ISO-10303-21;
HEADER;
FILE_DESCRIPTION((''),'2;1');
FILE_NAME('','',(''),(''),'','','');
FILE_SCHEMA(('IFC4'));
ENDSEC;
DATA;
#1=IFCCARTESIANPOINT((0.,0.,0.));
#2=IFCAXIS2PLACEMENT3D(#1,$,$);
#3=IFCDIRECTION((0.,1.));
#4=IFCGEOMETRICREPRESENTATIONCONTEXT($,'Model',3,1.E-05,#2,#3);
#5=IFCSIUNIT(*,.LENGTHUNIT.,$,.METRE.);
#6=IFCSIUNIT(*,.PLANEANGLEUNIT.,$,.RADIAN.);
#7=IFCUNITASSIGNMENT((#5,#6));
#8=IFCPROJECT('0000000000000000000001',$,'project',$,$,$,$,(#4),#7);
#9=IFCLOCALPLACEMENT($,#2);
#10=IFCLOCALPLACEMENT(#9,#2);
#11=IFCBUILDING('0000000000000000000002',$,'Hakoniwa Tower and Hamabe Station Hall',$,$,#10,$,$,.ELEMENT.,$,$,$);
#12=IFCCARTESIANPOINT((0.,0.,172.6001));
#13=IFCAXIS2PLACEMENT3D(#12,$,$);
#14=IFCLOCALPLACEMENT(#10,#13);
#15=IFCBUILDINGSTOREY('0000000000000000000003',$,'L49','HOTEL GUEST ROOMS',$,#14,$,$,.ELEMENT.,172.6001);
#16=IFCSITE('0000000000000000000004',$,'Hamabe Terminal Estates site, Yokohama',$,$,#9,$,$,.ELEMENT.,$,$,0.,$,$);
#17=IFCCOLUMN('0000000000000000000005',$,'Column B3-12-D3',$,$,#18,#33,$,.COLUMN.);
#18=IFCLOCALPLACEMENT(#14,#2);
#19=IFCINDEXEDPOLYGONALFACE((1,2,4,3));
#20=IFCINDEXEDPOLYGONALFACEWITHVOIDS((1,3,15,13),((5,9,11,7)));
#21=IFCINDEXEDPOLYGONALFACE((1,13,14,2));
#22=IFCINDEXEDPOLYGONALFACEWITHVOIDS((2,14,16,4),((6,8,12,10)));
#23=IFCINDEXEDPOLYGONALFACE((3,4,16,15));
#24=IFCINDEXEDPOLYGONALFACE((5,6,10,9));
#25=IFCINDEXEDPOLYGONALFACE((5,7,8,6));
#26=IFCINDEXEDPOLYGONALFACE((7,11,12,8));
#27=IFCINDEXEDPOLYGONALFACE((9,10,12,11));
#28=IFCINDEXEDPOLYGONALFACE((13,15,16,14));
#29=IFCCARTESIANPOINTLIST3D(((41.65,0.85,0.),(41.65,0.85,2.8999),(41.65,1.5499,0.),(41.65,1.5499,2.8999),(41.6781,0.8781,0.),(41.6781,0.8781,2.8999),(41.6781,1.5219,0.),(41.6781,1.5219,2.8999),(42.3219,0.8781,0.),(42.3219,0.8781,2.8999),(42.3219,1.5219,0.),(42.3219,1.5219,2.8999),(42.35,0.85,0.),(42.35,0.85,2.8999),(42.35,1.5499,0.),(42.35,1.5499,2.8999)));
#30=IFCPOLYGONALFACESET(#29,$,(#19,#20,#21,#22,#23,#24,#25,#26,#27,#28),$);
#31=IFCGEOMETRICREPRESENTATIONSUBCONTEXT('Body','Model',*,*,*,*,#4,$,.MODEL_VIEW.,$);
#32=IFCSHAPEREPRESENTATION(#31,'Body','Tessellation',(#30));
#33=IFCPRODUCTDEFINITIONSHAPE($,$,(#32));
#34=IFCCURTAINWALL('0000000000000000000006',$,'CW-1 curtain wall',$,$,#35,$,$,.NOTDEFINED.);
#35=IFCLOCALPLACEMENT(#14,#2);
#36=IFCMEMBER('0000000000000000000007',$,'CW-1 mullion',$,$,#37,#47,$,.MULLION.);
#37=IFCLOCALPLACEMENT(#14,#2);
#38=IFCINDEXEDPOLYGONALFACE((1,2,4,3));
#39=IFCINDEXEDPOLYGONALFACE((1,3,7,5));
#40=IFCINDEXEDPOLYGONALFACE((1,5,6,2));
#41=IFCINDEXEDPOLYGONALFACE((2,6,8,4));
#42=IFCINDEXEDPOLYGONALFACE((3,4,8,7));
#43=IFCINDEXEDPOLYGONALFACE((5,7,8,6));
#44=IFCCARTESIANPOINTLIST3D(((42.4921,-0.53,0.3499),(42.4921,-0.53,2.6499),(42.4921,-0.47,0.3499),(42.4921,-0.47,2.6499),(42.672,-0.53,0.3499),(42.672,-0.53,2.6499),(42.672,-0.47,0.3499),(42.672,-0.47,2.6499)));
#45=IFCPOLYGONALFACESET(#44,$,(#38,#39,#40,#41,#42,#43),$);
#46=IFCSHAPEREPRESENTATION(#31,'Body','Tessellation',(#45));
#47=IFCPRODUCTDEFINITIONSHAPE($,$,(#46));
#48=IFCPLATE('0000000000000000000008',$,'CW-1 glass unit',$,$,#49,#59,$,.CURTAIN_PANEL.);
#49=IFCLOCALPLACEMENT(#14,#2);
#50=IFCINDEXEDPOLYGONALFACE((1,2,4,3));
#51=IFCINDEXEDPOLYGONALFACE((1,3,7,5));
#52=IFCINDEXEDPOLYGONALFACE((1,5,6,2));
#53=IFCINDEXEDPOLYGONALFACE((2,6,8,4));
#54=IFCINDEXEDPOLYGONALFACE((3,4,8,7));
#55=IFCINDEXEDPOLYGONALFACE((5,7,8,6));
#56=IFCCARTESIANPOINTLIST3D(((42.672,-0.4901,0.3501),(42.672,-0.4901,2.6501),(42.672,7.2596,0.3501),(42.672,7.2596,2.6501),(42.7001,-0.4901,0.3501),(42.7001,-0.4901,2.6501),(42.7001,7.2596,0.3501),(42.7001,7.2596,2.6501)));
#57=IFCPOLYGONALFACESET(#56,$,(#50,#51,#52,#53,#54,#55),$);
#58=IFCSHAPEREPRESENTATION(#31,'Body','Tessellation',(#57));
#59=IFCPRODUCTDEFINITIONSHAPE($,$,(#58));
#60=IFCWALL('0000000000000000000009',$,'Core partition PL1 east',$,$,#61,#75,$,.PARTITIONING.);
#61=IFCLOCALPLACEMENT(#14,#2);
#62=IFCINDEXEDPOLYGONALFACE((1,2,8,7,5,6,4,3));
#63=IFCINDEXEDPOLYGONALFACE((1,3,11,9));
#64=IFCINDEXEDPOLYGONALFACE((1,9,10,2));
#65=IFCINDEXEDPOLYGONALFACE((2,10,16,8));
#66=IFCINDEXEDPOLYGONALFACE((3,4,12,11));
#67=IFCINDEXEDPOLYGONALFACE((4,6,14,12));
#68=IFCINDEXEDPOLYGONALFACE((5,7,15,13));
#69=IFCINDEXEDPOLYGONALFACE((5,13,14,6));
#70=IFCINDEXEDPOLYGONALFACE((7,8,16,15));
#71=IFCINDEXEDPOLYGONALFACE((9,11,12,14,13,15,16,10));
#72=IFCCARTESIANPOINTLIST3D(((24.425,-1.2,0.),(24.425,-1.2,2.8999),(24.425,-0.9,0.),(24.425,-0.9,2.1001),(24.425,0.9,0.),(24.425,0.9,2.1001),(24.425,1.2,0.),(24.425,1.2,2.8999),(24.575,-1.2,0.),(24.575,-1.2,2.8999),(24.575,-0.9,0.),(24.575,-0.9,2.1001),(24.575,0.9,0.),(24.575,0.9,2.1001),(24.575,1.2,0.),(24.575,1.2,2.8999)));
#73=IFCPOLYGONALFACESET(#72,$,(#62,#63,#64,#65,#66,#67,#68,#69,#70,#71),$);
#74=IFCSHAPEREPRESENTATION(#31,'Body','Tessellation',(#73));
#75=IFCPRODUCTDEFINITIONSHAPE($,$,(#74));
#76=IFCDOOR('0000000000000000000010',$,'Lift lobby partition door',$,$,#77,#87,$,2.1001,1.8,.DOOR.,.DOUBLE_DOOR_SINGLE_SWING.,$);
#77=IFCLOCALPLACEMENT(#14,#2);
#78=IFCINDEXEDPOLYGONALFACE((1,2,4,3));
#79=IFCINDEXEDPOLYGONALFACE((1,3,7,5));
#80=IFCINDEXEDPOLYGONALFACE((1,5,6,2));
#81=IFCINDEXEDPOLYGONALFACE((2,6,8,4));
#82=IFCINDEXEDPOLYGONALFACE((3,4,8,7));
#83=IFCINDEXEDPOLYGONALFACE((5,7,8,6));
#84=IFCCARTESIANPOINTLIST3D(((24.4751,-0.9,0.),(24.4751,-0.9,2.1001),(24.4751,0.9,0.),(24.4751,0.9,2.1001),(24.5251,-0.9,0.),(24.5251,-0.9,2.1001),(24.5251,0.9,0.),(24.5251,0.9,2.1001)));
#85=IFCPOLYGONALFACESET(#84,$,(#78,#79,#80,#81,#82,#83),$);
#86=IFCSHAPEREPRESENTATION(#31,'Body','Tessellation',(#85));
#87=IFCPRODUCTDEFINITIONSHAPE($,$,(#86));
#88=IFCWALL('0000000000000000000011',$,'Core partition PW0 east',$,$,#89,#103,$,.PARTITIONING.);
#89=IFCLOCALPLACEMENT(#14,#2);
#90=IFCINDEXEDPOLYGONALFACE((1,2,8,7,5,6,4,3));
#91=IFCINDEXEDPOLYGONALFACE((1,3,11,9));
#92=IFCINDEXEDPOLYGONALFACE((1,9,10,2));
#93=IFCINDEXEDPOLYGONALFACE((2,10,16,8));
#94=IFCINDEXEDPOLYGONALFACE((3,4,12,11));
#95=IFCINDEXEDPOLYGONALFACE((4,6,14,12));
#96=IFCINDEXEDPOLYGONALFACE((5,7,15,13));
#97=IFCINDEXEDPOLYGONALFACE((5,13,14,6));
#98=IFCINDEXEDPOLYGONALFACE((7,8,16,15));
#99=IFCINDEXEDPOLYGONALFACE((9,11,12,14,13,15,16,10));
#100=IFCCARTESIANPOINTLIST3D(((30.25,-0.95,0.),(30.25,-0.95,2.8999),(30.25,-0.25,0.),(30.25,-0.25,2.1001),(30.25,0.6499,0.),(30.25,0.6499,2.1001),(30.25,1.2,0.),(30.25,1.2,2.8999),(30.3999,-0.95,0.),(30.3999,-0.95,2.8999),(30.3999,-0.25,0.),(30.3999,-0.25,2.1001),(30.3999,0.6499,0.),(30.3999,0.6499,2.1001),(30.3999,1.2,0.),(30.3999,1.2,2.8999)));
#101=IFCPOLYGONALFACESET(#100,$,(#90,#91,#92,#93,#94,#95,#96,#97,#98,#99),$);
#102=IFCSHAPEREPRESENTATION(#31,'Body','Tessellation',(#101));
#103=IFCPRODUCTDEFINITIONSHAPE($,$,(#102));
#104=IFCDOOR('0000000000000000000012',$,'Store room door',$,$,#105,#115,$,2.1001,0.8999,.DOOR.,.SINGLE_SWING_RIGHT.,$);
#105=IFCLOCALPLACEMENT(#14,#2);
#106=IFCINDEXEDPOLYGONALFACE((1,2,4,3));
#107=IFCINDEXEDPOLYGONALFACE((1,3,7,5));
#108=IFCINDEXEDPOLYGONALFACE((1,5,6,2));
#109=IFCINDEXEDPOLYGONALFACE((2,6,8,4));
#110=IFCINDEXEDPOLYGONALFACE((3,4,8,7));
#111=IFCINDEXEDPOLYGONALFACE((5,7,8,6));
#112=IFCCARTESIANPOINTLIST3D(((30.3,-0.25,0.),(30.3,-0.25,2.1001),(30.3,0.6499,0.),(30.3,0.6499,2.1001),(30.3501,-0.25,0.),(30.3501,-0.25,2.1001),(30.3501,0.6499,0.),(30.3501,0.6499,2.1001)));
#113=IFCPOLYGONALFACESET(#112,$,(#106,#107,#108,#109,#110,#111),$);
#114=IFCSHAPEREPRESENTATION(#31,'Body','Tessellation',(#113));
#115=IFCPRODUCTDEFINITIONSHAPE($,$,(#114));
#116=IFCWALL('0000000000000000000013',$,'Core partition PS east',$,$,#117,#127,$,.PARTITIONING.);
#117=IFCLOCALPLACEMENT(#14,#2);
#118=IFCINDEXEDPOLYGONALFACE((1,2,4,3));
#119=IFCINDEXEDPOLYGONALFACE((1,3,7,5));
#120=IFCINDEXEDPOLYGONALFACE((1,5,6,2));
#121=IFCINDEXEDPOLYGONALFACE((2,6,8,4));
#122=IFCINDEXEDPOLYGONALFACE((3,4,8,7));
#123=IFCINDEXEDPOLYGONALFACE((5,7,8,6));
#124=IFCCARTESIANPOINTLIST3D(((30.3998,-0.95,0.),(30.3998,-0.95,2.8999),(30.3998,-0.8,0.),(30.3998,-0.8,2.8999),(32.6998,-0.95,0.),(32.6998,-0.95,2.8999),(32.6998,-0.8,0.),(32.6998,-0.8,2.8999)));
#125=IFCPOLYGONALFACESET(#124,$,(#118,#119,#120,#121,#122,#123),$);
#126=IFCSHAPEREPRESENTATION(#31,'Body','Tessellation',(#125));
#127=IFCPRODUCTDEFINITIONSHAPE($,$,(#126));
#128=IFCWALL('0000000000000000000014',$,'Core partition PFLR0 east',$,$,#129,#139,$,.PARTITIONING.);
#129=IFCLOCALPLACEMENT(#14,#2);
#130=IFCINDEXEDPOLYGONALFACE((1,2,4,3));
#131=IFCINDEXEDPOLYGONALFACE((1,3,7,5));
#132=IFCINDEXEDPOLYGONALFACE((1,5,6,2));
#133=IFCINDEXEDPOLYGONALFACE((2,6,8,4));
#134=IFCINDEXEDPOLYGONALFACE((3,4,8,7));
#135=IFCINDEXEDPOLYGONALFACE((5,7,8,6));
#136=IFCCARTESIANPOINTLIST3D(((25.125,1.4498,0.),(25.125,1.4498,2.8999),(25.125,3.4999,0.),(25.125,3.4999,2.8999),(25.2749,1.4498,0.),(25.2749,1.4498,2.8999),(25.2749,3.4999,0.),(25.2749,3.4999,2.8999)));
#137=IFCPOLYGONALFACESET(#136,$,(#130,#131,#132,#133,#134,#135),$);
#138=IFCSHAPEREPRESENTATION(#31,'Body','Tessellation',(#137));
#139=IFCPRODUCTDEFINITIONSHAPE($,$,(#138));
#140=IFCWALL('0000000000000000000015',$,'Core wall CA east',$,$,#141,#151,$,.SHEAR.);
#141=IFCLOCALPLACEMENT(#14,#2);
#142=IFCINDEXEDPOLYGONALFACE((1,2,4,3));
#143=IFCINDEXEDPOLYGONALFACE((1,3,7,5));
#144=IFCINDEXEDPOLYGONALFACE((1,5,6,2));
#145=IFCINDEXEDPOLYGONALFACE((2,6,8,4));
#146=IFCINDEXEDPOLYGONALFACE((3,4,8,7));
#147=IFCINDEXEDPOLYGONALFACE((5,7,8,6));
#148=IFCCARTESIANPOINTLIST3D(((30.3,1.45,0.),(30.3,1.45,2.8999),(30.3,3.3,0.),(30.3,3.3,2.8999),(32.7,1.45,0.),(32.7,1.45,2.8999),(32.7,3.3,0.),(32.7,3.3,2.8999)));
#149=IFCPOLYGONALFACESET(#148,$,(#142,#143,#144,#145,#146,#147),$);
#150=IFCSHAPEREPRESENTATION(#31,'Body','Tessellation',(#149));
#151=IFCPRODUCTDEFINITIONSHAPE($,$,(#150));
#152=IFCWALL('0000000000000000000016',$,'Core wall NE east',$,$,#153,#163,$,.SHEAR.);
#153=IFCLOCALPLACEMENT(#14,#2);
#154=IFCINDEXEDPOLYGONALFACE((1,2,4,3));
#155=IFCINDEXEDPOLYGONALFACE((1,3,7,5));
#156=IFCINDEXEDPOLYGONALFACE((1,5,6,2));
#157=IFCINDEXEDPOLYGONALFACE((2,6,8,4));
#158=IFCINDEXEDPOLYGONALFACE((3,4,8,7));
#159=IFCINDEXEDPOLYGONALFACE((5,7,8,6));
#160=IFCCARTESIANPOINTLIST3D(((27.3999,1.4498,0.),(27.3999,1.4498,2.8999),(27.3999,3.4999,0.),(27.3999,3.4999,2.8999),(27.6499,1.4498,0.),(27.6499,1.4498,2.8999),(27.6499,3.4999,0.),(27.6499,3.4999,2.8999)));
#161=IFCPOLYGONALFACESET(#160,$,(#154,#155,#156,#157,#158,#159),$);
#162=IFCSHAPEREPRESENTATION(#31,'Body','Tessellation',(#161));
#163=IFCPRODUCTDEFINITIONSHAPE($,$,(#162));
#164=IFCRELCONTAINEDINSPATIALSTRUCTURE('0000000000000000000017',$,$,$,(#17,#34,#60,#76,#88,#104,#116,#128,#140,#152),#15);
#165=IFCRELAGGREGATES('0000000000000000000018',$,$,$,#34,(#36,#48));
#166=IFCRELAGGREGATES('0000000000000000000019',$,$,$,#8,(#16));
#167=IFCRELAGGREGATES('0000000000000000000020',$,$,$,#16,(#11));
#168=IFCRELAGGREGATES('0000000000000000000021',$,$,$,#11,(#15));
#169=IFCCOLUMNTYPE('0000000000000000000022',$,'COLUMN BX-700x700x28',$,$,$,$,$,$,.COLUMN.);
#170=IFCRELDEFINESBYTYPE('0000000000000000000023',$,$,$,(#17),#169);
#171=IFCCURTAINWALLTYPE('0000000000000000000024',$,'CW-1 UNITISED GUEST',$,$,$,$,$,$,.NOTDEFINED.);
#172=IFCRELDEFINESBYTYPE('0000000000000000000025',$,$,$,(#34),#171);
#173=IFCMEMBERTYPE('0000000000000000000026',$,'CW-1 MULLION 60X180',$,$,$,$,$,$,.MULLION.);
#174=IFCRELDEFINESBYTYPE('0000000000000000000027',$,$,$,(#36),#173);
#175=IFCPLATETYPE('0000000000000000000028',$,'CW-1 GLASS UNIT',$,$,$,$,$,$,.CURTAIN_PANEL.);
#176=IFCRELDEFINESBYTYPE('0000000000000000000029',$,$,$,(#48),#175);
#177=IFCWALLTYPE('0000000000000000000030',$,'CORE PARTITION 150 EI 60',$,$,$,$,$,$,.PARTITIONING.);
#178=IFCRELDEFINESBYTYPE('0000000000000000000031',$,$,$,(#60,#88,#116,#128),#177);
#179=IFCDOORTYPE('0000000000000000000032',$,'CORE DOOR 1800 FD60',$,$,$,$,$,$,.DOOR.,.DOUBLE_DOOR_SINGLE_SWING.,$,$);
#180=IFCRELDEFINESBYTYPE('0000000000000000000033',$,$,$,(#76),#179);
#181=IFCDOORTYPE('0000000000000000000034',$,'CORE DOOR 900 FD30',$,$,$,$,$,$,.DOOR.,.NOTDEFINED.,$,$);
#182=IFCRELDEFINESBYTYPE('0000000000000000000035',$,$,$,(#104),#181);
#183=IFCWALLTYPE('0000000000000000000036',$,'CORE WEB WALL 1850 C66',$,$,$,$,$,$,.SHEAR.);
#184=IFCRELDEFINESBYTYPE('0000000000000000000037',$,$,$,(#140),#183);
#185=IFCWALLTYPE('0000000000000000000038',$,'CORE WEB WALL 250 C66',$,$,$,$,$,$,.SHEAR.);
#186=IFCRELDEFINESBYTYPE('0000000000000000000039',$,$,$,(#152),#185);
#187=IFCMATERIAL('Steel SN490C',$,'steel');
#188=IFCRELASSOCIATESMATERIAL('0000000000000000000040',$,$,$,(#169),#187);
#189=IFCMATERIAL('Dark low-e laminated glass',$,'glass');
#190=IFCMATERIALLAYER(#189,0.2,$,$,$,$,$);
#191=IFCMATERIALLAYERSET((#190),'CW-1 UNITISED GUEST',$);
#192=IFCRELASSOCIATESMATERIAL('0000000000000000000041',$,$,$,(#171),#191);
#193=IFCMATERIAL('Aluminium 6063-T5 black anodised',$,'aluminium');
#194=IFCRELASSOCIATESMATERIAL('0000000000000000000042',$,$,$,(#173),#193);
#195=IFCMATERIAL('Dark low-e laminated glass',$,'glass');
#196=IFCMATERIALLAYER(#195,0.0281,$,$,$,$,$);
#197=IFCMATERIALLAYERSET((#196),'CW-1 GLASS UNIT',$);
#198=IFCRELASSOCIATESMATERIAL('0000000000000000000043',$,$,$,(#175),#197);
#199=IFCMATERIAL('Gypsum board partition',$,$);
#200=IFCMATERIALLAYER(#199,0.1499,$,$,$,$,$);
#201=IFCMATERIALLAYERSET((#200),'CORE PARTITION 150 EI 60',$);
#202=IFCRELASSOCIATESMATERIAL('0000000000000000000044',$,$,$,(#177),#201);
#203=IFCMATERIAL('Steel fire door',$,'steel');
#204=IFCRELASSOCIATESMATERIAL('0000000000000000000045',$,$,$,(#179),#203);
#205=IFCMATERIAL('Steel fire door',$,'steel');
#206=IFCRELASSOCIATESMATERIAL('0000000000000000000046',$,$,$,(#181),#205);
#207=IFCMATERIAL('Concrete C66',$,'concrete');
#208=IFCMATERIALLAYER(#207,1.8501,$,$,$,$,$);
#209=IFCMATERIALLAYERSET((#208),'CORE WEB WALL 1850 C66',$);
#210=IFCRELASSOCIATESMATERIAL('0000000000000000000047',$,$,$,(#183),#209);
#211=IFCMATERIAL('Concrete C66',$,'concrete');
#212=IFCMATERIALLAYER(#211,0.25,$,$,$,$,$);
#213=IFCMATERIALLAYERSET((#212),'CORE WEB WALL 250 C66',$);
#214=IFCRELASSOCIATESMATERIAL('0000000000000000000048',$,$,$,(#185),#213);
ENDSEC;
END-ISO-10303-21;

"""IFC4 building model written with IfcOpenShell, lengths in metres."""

from ifc_helpers import new_model, si_unit, direction, frame, frame_2d, origin, origin_2d, place, context, subcontext, project, spatial, rectangle, hollow_rectangle, extrude, material, layer, layer_set, material_profile, profile_set, type_object, element, fill, aggregate, save


model = new_model("IFC4")

# Units and contexts
model_context = context("Model", 3, precision=1e-05, world=origin(), true_north=direction((0.0, 1.0)))
body_context = subcontext(model_context, "Body", "Model", "MODEL_VIEW")
ifc_project = project(units=[si_unit("LENGTHUNIT", "METRE"), si_unit("PLANEANGLEUNIT", "RADIAN")], contexts=[model_context])

# Site, building, storey
site_placement = place(None, origin())
site = spatial("IfcSite", under=ifc_project, at=site_placement, Name="Hamabe Terminal Estates site, Yokohama", CompositionType="ELEMENT", RefElevation=0.0)
building_placement = place(site_placement, origin())
building = spatial("IfcBuilding", under=site, at=building_placement, Name="Hakoniwa Tower and Hamabe Station Hall", CompositionType="ELEMENT")
storey_placement = place(building_placement, frame((0.0, 0.0, 172.6001)))
storey = spatial("IfcBuildingStorey", under=building, at=storey_placement, Name="L49", Description="HOTEL GUEST ROOMS", CompositionType="ELEMENT", Elevation=172.6001)

# Column
ifc_material_1 = material(Name="Steel SN490C", Category="steel")
ifc_material_profile_1 = material_profile(ifc_material_1, hollow_rectangle(XDim=0.7, YDim=0.7, WallThickness=0.0281, at=origin_2d()), Name="BX-700x700x28")
ifc_profile_set_1 = profile_set([ifc_material_profile_1], Name="Steel SN490C")
column_type = type_object("IfcColumnType", Name="COLUMN BX-700x700x28", PredefinedType="COLUMN", material=ifc_profile_set_1)
column_placement = place(storey_placement, frame((42.0, 1.2, 0.0), z_axis=(0.0, 0.0, 1.0), x_axis=(1.0, 0.0, 0.0)))
element("IfcColumn", 1, at=column_placement, inside=storey, type_object=column_type, Name="Column B3-12-D3", PredefinedType="COLUMN", context=body_context, shape_type="SweptSolid", body=[
    extrude(hollow_rectangle(XDim=0.7, YDim=0.7, WallThickness=0.0281, at=origin_2d()), origin(), (0.0, 0.0, 1.0), 2.8999),
])

# Curtain wall, member, plate
ifc_material_2 = material(Name="Dark low-e laminated glass", Category="glass")
ifc_layer_1 = layer(ifc_material_2, 0.2)
ifc_layer_set_1 = layer_set([ifc_layer_1], Name="CW-1 UNITISED GUEST")
curtain_wall_type = type_object("IfcCurtainWallType", Name="CW-1 UNITISED GUEST", PredefinedType="NOTDEFINED", material=ifc_layer_set_1)
curtain_wall_placement = place(storey_placement, origin())
curtain_wall = element("IfcCurtainWall", 2, at=curtain_wall_placement, inside=storey, type_object=curtain_wall_type, Name="CW-1 curtain wall", PredefinedType="NOTDEFINED")
ifc_material_3 = material(Name="Aluminium 6063-T5 black anodised", Category="aluminium")
ifc_material_profile_2 = material_profile(ifc_material_3, rectangle(XDim=0.0601, YDim=0.1799, at=origin_2d()), Name="CW-1 MULLION 60X180")
ifc_profile_set_2 = profile_set([ifc_material_profile_2], Name="Aluminium 6063-T5 black anodised")
member_type = type_object("IfcMemberType", Name="CW-1 MULLION 60X180", PredefinedType="MULLION", material=ifc_profile_set_2)
member_placement = place(storey_placement, frame((42.582, -0.5, 0.3499), z_axis=(0.0, 0.0, 1.0), x_axis=(0.0, 1.0, 0.0)))
member = element("IfcMember", 3, at=member_placement, type_object=member_type, Name="CW-1 mullion", PredefinedType="MULLION", context=body_context, shape_type="SweptSolid", body=[
    extrude(rectangle(XDim=0.0601, YDim=0.1799, at=origin_2d()), origin(), (0.0, 0.0, 1.0), 2.3),
])
ifc_material_4 = material(Name="Dark low-e laminated glass", Category="glass")
ifc_layer_2 = layer(ifc_material_4, 0.0281)
ifc_layer_set_2 = layer_set([ifc_layer_2], Name="CW-1 GLASS UNIT")
plate_type = type_object("IfcPlateType", Name="CW-1 GLASS UNIT", PredefinedType="CURTAIN_PANEL", material=ifc_layer_set_2)
plate_placement = place(storey_placement, frame((42.686, 3.3848, 0.3501), z_axis=(0.0, 0.0, 1.0), x_axis=(0.0, 1.0, 0.0)))
plate = element("IfcPlate", 4, at=plate_placement, type_object=plate_type, Name="CW-1 glass unit", PredefinedType="CURTAIN_PANEL", context=body_context, shape_type="SweptSolid", body=[
    extrude(rectangle(XDim=7.7498, YDim=0.0281, at=origin_2d()), origin(), (0.0, 0.0, 1.0), 2.3),
])
aggregate(curtain_wall, [member, plate])

# Walls, openings, doors
ifc_material_5 = material(Name="Gypsum board partition")
ifc_layer_3 = layer(ifc_material_5, 0.1499)
ifc_layer_set_3 = layer_set([ifc_layer_3], Name="CORE PARTITION 150 EI 60")
wall_type_1 = type_object("IfcWallType", Name="CORE PARTITION 150 EI 60", PredefinedType="PARTITIONING", material=ifc_layer_set_3)
wall_1_placement = place(storey_placement, frame((24.5, -1.2, 0.0), z_axis=(0.0, 0.0, 1.0), x_axis=(0.0, 1.0, 0.0)))
wall_1 = element("IfcWall", 5, at=wall_1_placement, inside=storey, type_object=wall_type_1, Name="Core partition PL1 east", PredefinedType="PARTITIONING", context=body_context, shape_type="SweptSolid", body=[
    extrude(rectangle(XDim=2.3999, YDim=0.1499, at=frame_2d((1.2, 0.0))), origin(), (0.0, 0.0, 1.0), 2.8999),
])
opening_1_placement = place(wall_1_placement, frame((0.3, 0.0, 0.0)))
opening_1 = element("IfcOpeningElement", 6, at=opening_1_placement, cuts=wall_1, PredefinedType="OPENING", context=body_context, shape_type="SweptSolid", body=[
    extrude(rectangle(XDim=1.8, YDim=2.1001, at=frame_2d((0.8999, 1.05))), frame((0.0, 0.085, 0.0), z_axis=(0.0, -1.0, 0.0), x_axis=(1.0, 0.0, 0.0)), (0.0, 0.0, 1.0), 0.1699),
])
ifc_material_6 = material(Name="Steel fire door", Category="steel")
door_type_1 = type_object("IfcDoorType", Name="CORE DOOR 1800 FD60", OperationType="DOUBLE_DOOR_SINGLE_SWING", PredefinedType="DOOR", material=ifc_material_6)
door_1_placement = place(opening_1_placement, origin())
door_1 = element("IfcDoor", 7, at=door_1_placement, inside=storey, type_object=door_type_1, Name="Lift lobby partition door", OperationType="DOUBLE_DOOR_SINGLE_SWING", OverallHeight=2.1001, OverallWidth=1.8, PredefinedType="DOOR", context=body_context, shape_type="SweptSolid", body=[
    extrude(rectangle(XDim=1.8, YDim=2.1001, at=frame_2d((0.8999, 1.05))), frame((0.0, 0.0249, 0.0), z_axis=(0.0, -1.0, 0.0), x_axis=(1.0, 0.0, 0.0)), (0.0, 0.0, 1.0), 0.05),
])
fill(opening_1, door_1)
wall_2_placement = place(storey_placement, frame((30.325, -0.95, 0.0), z_axis=(0.0, 0.0, 1.0), x_axis=(0.0, 1.0, 0.0)))
wall_2 = element("IfcWall", 8, at=wall_2_placement, inside=storey, type_object=wall_type_1, Name="Core partition PW0 east", PredefinedType="PARTITIONING", context=body_context, shape_type="SweptSolid", body=[
    extrude(rectangle(XDim=2.1499, YDim=0.1499, at=frame_2d((1.075, 0.0))), origin(), (0.0, 0.0, 1.0), 2.8999),
])
opening_2_placement = place(wall_2_placement, frame((0.7, 0.0, 0.0)))
opening_2 = element("IfcOpeningElement", 9, at=opening_2_placement, cuts=wall_2, PredefinedType="OPENING", context=body_context, shape_type="SweptSolid", body=[
    extrude(rectangle(XDim=0.8999, YDim=2.1001, at=frame_2d((0.45, 1.05))), frame((0.0, 0.085, 0.0), z_axis=(0.0, -1.0, 0.0), x_axis=(1.0, 0.0, 0.0)), (0.0, 0.0, 1.0), 0.1699),
])
ifc_material_7 = material(Name="Steel fire door", Category="steel")
door_type_2 = type_object("IfcDoorType", Name="CORE DOOR 900 FD30", OperationType="NOTDEFINED", PredefinedType="DOOR", material=ifc_material_7)
door_2_placement = place(opening_2_placement, origin())
door_2 = element("IfcDoor", 10, at=door_2_placement, inside=storey, type_object=door_type_2, Name="Store room door", OperationType="SINGLE_SWING_RIGHT", OverallHeight=2.1001, OverallWidth=0.8999, PredefinedType="DOOR", context=body_context, shape_type="SweptSolid", body=[
    extrude(rectangle(XDim=0.8999, YDim=2.1001, at=frame_2d((0.45, 1.05))), frame((0.0, 0.0249, 0.0), z_axis=(0.0, -1.0, 0.0), x_axis=(1.0, 0.0, 0.0)), (0.0, 0.0, 1.0), 0.05),
])
fill(opening_2, door_2)

# Walls
wall_3_placement = place(storey_placement, frame((30.3999, -0.875, 0.0), z_axis=(0.0, 0.0, 1.0), x_axis=(1.0, 0.0, 0.0)))
element("IfcWall", 11, at=wall_3_placement, inside=storey, type_object=wall_type_1, Name="Core partition PS east", PredefinedType="PARTITIONING", context=body_context, shape_type="SweptSolid", body=[
    extrude(rectangle(XDim=2.3, YDim=0.1499, at=frame_2d((1.1499, 0.0))), origin(), (0.0, 0.0, 1.0), 2.8999),
])
wall_4_placement = place(storey_placement, frame((25.2, 1.45, 0.0), z_axis=(0.0, 0.0, 1.0), x_axis=(0.0, 1.0, 0.0)))
element("IfcWall", 12, at=wall_4_placement, inside=storey, type_object=wall_type_1, Name="Core partition PFLR0 east", PredefinedType="PARTITIONING", context=body_context, shape_type="SweptSolid", body=[
    extrude(rectangle(XDim=2.05, YDim=0.1499, at=frame_2d((1.0249, 0.0))), origin(), (0.0, 0.0, 1.0), 2.8999),
])
ifc_material_8 = material(Name="Concrete C66", Category="concrete")
ifc_layer_4 = layer(ifc_material_8, 1.8501)
ifc_layer_set_4 = layer_set([ifc_layer_4], Name="CORE WEB WALL 1850 C66")
wall_type_2 = type_object("IfcWallType", Name="CORE WEB WALL 1850 C66", PredefinedType="SHEAR", material=ifc_layer_set_4)
wall_5_placement = place(storey_placement, frame((30.3, 2.375, 0.0), z_axis=(0.0, 0.0, 1.0), x_axis=(1.0, 0.0, 0.0)))
element("IfcWall", 13, at=wall_5_placement, inside=storey, type_object=wall_type_2, Name="Core wall CA east", PredefinedType="SHEAR", context=body_context, shape_type="SweptSolid", body=[
    extrude(rectangle(XDim=2.3999, YDim=1.8501, at=frame_2d((1.2, 0.0))), origin(), (0.0, 0.0, 1.0), 2.8999),
])
ifc_material_9 = material(Name="Concrete C66", Category="concrete")
ifc_layer_5 = layer(ifc_material_9, 0.25)
ifc_layer_set_5 = layer_set([ifc_layer_5], Name="CORE WEB WALL 250 C66")
wall_type_3 = type_object("IfcWallType", Name="CORE WEB WALL 250 C66", PredefinedType="SHEAR", material=ifc_layer_set_5)
wall_6_placement = place(storey_placement, frame((27.5249, 1.45, 0.0), z_axis=(0.0, 0.0, 1.0), x_axis=(0.0, 1.0, 0.0)))
element("IfcWall", 14, at=wall_6_placement, inside=storey, type_object=wall_type_3, Name="Core wall NE east", PredefinedType="SHEAR", context=body_context, shape_type="SweptSolid", body=[
    extrude(rectangle(XDim=2.05, YDim=0.25, at=frame_2d((1.0249, 0.0))), origin(), (0.0, 0.0, 1.0), 2.8999),
])

save(model, "model.ifc")
